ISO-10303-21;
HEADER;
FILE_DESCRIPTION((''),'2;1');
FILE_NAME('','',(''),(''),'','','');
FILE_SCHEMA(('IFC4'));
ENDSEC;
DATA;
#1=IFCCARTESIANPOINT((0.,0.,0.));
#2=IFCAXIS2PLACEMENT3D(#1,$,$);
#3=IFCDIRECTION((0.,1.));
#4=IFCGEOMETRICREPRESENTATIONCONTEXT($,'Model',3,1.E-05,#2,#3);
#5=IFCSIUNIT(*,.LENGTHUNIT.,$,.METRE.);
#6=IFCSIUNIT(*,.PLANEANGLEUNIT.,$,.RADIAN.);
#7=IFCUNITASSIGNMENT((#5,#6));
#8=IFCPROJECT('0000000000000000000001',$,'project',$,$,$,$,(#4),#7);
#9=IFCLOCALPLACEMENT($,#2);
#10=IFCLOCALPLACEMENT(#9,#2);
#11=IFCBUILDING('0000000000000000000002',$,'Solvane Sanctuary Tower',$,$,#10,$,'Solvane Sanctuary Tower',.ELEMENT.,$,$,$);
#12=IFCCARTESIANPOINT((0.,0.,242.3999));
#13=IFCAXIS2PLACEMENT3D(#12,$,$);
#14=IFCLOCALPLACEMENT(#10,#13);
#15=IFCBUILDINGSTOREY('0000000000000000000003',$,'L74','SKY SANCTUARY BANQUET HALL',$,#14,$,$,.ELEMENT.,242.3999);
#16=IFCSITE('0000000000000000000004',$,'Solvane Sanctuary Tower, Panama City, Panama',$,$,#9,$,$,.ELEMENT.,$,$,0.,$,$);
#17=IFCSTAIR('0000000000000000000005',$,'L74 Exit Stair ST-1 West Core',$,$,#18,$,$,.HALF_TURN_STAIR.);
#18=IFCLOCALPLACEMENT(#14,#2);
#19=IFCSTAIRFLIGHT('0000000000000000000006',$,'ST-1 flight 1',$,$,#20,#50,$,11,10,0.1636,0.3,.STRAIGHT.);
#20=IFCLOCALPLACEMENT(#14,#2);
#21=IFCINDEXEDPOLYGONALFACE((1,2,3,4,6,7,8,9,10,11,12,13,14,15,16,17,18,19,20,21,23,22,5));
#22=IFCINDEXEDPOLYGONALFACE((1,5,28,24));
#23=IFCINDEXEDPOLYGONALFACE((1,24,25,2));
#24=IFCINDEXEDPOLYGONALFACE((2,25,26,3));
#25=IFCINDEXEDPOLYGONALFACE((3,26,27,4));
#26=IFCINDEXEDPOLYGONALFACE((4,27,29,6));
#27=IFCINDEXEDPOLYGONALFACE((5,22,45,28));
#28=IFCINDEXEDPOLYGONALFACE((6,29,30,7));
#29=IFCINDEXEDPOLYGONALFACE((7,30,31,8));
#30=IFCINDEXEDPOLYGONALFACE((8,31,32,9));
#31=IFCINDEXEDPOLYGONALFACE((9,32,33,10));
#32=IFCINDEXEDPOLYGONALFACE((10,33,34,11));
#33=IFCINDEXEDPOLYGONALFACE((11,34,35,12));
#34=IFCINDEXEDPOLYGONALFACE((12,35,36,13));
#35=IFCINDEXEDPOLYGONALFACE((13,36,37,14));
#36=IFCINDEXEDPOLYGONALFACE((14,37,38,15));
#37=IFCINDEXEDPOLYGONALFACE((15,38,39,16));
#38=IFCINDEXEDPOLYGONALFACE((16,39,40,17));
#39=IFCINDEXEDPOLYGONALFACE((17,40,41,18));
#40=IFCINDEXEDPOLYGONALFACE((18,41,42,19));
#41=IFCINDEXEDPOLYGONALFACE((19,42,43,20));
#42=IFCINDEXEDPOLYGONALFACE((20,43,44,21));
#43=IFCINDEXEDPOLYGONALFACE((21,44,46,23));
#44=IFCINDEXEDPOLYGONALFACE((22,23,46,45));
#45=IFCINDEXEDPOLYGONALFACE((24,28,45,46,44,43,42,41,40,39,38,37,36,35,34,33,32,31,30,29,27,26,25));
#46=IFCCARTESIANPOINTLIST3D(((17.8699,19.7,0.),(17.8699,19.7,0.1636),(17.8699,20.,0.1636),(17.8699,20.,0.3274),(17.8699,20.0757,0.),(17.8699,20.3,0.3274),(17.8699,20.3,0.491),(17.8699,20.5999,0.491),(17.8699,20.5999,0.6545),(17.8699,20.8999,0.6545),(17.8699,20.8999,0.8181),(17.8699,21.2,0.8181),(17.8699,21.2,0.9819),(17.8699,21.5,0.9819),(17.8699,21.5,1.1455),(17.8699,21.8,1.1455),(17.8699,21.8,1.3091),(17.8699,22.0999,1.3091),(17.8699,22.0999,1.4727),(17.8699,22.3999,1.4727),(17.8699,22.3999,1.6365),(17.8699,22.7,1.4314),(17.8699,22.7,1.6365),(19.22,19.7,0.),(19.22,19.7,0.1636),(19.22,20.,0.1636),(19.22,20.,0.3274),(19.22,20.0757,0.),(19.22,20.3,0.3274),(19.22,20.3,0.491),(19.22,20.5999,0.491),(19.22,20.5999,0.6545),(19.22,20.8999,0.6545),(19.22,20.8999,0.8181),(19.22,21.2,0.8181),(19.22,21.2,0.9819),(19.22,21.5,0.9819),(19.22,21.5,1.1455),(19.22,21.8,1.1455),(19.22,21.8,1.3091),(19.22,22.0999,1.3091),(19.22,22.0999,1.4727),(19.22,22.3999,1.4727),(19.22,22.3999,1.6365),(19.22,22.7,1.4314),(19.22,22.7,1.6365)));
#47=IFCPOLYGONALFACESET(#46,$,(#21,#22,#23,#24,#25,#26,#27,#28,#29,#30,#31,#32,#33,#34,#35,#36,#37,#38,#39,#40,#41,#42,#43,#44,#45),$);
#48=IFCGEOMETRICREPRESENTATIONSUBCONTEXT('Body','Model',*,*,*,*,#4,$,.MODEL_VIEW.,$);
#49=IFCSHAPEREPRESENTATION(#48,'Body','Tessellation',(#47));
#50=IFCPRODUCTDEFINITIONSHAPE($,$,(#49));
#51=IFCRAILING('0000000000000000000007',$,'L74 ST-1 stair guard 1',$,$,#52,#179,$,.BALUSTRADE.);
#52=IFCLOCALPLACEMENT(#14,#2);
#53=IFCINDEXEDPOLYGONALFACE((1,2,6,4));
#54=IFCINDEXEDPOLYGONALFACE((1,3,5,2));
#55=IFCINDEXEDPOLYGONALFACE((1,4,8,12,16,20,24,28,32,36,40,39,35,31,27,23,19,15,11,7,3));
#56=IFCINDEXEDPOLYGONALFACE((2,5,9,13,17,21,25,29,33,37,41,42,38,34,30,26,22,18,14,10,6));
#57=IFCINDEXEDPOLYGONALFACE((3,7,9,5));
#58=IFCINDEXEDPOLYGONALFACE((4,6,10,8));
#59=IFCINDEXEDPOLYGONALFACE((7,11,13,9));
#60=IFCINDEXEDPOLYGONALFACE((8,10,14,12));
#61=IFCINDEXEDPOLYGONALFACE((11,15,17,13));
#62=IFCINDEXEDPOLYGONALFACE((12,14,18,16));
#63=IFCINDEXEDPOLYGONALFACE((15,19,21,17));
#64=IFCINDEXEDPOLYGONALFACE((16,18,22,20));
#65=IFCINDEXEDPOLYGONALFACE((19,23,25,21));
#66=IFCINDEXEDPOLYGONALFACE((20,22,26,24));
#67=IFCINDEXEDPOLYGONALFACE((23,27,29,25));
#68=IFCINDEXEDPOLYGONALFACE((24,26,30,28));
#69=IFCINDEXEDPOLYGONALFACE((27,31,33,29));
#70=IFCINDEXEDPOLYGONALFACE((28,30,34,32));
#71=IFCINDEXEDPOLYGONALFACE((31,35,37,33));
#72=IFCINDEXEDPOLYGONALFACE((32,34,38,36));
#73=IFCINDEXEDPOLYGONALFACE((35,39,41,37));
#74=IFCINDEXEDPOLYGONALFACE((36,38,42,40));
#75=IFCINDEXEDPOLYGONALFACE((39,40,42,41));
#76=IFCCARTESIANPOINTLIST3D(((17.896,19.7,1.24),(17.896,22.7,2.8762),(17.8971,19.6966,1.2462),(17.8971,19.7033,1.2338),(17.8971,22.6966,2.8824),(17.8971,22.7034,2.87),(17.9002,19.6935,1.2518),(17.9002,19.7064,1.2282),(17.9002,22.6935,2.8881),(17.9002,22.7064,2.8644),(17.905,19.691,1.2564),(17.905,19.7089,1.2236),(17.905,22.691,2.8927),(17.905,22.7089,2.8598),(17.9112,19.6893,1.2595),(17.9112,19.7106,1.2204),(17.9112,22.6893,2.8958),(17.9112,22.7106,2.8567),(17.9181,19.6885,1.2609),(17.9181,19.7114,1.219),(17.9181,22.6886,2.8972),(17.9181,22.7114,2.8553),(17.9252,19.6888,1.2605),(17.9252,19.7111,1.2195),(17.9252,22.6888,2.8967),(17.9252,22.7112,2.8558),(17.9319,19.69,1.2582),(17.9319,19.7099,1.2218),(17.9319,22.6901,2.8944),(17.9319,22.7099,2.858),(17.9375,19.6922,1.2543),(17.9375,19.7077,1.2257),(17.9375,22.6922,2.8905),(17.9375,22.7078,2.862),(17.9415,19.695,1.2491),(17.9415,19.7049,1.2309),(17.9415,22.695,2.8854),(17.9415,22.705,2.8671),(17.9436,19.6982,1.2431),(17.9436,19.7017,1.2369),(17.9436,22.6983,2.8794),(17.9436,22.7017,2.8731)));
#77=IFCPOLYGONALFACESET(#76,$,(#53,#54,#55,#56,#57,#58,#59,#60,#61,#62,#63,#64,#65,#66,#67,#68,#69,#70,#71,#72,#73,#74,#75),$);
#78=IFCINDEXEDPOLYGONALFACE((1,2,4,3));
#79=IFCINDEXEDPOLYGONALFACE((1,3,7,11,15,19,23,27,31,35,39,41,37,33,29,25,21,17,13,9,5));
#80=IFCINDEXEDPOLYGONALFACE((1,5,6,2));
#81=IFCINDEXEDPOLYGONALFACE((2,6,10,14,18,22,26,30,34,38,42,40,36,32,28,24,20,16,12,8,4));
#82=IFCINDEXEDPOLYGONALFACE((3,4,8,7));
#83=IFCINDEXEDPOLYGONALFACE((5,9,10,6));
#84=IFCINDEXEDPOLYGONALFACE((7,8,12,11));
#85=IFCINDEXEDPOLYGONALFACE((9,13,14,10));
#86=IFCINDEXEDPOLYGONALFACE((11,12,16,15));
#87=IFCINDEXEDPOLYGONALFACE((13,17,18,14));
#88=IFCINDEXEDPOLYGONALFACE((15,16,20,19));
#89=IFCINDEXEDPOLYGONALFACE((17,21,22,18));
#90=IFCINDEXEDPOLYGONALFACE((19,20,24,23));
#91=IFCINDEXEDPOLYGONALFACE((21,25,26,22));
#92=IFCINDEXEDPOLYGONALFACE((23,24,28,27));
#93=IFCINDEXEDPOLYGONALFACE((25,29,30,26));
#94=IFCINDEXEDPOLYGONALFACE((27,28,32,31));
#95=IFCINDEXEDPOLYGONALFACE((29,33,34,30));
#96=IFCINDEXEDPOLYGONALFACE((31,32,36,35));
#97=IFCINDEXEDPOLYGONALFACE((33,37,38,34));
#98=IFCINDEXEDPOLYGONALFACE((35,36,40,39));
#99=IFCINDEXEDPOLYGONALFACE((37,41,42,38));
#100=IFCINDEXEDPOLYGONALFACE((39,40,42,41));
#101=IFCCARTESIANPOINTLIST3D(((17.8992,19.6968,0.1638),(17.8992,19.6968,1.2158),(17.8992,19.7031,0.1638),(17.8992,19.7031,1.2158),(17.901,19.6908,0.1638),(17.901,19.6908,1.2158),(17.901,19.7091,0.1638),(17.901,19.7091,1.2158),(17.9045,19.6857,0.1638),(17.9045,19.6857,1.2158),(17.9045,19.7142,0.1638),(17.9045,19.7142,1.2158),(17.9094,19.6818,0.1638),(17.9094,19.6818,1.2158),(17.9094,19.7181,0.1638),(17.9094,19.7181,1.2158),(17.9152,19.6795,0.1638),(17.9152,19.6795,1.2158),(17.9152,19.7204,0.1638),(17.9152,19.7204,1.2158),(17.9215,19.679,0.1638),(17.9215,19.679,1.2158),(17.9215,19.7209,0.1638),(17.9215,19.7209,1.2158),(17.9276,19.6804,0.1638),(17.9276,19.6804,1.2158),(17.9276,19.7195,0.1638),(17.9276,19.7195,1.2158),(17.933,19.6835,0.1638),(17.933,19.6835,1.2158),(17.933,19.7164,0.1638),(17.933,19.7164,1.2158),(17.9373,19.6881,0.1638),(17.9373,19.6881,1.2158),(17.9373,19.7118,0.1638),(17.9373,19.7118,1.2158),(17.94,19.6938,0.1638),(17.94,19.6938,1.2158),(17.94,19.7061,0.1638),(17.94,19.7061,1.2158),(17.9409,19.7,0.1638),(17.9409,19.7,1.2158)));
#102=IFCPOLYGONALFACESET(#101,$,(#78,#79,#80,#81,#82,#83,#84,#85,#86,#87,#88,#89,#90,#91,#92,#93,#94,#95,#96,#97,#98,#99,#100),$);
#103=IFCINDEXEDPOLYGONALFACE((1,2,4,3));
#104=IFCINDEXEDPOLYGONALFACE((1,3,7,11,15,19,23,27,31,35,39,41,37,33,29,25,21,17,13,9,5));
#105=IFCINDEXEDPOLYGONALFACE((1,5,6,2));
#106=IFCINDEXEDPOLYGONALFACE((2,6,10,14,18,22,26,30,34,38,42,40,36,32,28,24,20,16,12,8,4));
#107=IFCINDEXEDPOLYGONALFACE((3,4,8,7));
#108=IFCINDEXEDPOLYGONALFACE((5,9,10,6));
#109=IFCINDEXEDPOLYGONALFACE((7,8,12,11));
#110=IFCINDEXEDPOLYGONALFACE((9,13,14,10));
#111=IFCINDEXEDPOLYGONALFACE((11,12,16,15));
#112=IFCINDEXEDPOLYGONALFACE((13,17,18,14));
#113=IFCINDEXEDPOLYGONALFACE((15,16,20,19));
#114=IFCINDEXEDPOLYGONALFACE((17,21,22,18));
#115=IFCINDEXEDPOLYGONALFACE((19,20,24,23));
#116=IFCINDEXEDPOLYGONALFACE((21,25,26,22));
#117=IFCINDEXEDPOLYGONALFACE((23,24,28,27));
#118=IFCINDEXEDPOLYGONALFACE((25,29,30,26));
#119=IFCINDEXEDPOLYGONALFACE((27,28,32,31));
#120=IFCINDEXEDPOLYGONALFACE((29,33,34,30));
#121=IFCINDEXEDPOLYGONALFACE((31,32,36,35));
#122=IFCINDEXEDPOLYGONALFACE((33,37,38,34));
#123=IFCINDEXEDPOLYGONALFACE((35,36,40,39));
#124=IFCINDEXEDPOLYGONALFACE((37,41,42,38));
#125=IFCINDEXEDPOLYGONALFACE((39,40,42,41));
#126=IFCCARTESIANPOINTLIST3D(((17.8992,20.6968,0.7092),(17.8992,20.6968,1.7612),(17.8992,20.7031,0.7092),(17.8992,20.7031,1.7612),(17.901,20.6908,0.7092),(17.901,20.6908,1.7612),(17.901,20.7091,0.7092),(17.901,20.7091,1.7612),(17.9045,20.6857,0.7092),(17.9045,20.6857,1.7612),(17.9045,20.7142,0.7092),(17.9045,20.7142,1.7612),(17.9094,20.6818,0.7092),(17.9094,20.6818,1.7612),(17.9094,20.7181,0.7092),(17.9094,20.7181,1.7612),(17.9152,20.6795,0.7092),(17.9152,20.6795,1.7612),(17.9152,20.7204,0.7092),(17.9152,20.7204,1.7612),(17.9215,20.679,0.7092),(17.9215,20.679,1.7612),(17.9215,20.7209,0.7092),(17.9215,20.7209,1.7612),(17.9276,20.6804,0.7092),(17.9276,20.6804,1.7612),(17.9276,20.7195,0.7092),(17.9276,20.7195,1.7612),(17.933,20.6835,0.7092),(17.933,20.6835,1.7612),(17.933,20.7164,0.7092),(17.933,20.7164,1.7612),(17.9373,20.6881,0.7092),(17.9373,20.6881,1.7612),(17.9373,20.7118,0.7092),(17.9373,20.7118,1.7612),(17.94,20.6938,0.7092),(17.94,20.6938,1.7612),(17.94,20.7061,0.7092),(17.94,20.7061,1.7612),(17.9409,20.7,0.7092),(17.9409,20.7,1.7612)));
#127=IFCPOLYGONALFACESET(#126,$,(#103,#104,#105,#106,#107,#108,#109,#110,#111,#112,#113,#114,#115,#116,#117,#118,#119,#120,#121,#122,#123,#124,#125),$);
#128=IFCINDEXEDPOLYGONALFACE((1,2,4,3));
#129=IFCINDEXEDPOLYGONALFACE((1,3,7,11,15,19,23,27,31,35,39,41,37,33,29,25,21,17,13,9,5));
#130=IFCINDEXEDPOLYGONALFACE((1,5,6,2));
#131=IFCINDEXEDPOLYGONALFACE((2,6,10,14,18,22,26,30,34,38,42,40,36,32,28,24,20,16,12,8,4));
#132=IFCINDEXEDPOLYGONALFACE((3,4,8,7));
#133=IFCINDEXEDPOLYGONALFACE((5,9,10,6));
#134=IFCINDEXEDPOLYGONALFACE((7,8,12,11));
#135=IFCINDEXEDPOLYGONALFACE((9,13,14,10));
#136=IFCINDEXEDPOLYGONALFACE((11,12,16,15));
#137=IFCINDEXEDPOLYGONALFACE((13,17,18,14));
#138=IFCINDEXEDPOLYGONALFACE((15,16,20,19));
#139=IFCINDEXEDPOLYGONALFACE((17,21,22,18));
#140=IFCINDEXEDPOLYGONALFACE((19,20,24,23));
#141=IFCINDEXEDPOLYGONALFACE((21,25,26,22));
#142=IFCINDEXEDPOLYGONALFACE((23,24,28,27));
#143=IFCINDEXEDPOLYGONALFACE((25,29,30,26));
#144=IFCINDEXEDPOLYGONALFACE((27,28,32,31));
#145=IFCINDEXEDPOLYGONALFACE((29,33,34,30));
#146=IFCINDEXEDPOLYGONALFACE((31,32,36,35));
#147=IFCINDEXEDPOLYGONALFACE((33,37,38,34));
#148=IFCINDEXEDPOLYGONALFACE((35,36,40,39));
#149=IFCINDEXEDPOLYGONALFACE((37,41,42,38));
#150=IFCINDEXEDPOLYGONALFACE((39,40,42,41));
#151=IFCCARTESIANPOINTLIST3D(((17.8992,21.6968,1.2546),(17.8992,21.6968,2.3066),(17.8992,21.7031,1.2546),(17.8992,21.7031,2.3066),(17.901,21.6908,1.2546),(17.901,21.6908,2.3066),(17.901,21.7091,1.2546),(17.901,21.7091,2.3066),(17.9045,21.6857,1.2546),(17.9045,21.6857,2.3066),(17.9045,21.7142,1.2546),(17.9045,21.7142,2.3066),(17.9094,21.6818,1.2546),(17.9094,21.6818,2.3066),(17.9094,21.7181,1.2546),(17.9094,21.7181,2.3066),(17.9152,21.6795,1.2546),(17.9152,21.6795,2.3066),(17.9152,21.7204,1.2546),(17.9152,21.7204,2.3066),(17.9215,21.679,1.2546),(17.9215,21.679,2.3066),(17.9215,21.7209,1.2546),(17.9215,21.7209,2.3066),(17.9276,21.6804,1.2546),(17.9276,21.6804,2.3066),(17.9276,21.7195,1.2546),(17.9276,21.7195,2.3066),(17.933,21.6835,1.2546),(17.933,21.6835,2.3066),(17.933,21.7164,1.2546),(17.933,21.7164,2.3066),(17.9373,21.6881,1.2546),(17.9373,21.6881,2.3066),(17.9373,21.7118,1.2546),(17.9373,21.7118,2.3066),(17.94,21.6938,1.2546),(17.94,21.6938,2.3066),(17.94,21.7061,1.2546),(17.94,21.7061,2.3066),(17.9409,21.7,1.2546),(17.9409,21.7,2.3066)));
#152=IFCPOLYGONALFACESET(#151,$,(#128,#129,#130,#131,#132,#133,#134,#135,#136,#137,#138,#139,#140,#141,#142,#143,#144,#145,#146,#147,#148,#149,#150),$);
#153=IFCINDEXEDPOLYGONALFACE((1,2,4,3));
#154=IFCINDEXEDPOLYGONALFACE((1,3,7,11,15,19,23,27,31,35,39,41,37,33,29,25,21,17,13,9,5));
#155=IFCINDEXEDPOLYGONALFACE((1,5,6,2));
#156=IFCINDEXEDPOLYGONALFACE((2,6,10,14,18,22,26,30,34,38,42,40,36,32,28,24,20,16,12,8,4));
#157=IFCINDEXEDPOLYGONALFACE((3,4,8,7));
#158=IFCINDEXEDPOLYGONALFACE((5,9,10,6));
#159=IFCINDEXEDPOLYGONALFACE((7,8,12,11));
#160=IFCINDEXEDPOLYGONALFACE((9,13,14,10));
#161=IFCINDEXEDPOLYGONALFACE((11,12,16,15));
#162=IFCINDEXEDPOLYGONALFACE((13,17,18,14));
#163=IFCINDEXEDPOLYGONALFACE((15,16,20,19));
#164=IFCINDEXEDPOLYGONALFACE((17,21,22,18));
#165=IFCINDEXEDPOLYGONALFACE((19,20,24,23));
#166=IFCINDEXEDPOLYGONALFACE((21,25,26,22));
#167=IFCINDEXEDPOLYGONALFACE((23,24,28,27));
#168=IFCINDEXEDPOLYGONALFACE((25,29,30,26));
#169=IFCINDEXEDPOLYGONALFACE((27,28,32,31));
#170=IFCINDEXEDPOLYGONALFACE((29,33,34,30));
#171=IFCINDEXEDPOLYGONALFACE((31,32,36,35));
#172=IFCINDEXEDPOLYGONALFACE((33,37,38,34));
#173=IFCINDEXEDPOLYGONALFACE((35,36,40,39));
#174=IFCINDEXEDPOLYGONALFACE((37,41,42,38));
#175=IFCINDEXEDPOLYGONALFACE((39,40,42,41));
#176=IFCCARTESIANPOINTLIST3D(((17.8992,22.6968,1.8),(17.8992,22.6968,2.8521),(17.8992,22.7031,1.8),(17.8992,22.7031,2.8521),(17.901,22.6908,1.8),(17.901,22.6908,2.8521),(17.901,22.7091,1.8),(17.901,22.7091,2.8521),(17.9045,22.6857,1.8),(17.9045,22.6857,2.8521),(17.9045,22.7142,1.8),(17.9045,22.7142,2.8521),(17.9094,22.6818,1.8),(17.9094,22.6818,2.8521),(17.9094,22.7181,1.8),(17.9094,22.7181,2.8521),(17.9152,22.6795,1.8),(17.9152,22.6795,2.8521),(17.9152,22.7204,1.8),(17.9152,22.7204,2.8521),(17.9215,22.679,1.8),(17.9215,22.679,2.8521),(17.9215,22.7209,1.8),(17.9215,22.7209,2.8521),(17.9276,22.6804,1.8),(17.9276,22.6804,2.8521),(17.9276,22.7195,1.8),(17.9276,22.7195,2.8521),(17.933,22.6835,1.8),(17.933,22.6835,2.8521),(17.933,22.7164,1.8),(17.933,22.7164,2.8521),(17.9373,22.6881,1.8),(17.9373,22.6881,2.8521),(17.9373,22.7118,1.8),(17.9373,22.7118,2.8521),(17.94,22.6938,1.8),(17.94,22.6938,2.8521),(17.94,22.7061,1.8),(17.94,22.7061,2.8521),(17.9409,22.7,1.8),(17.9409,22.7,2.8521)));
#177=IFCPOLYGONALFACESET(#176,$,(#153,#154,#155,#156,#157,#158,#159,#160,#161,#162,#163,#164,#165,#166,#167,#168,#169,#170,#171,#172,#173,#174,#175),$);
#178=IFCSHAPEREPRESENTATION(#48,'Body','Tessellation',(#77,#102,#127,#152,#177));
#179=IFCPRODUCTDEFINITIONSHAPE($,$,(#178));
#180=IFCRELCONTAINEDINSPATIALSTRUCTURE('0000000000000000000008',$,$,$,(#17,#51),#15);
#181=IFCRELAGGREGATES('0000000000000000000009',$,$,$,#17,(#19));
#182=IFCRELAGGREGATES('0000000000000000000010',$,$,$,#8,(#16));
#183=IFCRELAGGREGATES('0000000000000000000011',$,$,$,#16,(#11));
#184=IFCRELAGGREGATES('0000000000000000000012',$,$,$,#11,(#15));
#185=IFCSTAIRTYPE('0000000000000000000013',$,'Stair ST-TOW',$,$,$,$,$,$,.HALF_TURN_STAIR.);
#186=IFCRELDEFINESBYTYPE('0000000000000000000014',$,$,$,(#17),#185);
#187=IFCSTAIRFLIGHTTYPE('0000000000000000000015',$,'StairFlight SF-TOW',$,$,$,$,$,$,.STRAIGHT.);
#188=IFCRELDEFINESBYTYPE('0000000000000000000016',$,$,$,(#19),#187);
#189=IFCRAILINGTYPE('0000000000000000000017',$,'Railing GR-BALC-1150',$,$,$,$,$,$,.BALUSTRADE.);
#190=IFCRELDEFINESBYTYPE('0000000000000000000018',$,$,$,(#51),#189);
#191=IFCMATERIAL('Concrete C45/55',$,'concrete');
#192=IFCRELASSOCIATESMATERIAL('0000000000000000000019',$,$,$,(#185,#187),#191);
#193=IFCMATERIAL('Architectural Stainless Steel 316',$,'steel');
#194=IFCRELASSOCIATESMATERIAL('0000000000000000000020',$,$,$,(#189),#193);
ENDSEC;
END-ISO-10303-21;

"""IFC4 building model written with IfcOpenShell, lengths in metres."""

from ifc_helpers import new_model, si_unit, direction, frame, origin, origin_2d, place, context, subcontext, project, spatial, polyline, circle, outline, extrude, material, type_object, element, aggregate, save


model = new_model("IFC4")

# Units and contexts
model_context = context("Model", 3, precision=1e-05, world=origin(), true_north=direction((0.0, 1.0)))
body_context = subcontext(model_context, "Body", "Model", "MODEL_VIEW")
ifc_project = project(units=[si_unit("LENGTHUNIT", "METRE"), si_unit("PLANEANGLEUNIT", "RADIAN")], contexts=[model_context])

# Site, building, storey
site_placement = place(None, origin())
site = spatial("IfcSite", under=ifc_project, at=site_placement, Name="Solvane Sanctuary Tower, Panama City, Panama", CompositionType="ELEMENT", RefElevation=0.0)
building_placement = place(site_placement, origin())
building = spatial("IfcBuilding", under=site, at=building_placement, Name="Solvane Sanctuary Tower", LongName="Solvane Sanctuary Tower", CompositionType="ELEMENT")
storey_placement = place(building_placement, frame((0.0, 0.0, 242.3999)))
storey = spatial("IfcBuildingStorey", under=building, at=storey_placement, Name="L74", Description="SKY SANCTUARY BANQUET HALL", CompositionType="ELEMENT", Elevation=242.3999)

# Shared definitions
ifc_material_1 = material(Name="Architectural Stainless Steel 316", Category="steel")

# Stair, stair flight
ifc_material_2 = material(Name="Concrete C45/55", Category="concrete")
stair_type = type_object("IfcStairType", Name="Stair ST-TOW", PredefinedType="HALF_TURN_STAIR", material=ifc_material_2)
stair_placement = place(storey_placement, origin())
stair = element("IfcStair", 1, at=stair_placement, inside=storey, type_object=stair_type, Name="L74 Exit Stair ST-1 West Core", PredefinedType="HALF_TURN_STAIR")
stair_flight_type = type_object("IfcStairFlightType", Name="StairFlight SF-TOW", PredefinedType="STRAIGHT", material=ifc_material_2)
stair_flight_placement = place(storey_placement, frame((18.5449, 19.7, 0.0), z_axis=(0.0, 0.0, 1.0), x_axis=(0.0, 1.0, 0.0)))
stair_flight = element("IfcStairFlight", 2, at=stair_flight_placement, type_object=stair_flight_type, Name="ST-1 flight 1", NumberOfRisers=11, NumberOfTreads=10, PredefinedType="STRAIGHT", RiserHeight=0.1636, TreadLength=0.3, context=body_context, shape_type="SweptSolid", body=[
    extrude(outline(polyline([(0.0, 0.0), (0.0, 0.1636), (0.3, 0.1636), (0.3, 0.3274), (0.6001, 0.3274), (0.6001, 0.491), (0.8999, 0.491), (0.8999, 0.6545), (1.2, 0.6545), (1.2, 0.8181), (1.5, 0.8181), (1.5, 0.9819), (1.8, 0.9819), (1.8, 1.1455), (2.1001, 1.1455), (2.1001, 1.3091), (2.3999, 1.3091), (2.3999, 1.4727), (2.7, 1.4727), (2.7, 1.6365), (3.0, 1.6365), (3.0, 1.8), (3.0, 1.4314), (0.3757, 0.0), (0.0, 0.0)])), frame((0.0, 0.675, 0.0), z_axis=(0.0, -1.0, 0.0), x_axis=(1.0, 0.0, 0.0)), (0.0, 0.0, 1.0), 1.3501),
])
aggregate(stair, [stair_flight])

# Railing
railing_type_1 = type_object("IfcRailingType", Name="Railing GR-BALC-1150", PredefinedType="BALUSTRADE", material=ifc_material_1)
railing_1_placement = place(storey_placement, frame((17.9199, 19.7, 0.1638)))
element("IfcRailing", 3, at=railing_1_placement, inside=storey, type_object=railing_type_1, Name="L74 ST-1 stair guard 1", PredefinedType="BALUSTRADE", context=body_context, shape_type="SweptSolid", body=[
    extrude(circle(Radius=0.0239, at=origin_2d()), frame((0.0, 0.0, 1.0762), z_axis=(0.0, 0.877912, 0.478822), x_axis=(-1.0, 0.0, 0.0)), (0.0, 0.0, 1.0), 3.4172),
    extrude(circle(Radius=0.021, at=origin_2d()), origin(), (0.0, 0.0, 1.0), 1.052),
    extrude(circle(Radius=0.021, at=origin_2d()), frame((0.0, 1.0, 0.5454)), (0.0, 0.0, 1.0), 1.052),
    extrude(circle(Radius=0.021, at=origin_2d()), frame((0.0, 2.0, 1.0908)), (0.0, 0.0, 1.0), 1.052),
    extrude(circle(Radius=0.021, at=origin_2d()), frame((0.0, 3.0, 1.6362)), (0.0, 0.0, 1.0), 1.052),
])

save(model, "model.ifc")
